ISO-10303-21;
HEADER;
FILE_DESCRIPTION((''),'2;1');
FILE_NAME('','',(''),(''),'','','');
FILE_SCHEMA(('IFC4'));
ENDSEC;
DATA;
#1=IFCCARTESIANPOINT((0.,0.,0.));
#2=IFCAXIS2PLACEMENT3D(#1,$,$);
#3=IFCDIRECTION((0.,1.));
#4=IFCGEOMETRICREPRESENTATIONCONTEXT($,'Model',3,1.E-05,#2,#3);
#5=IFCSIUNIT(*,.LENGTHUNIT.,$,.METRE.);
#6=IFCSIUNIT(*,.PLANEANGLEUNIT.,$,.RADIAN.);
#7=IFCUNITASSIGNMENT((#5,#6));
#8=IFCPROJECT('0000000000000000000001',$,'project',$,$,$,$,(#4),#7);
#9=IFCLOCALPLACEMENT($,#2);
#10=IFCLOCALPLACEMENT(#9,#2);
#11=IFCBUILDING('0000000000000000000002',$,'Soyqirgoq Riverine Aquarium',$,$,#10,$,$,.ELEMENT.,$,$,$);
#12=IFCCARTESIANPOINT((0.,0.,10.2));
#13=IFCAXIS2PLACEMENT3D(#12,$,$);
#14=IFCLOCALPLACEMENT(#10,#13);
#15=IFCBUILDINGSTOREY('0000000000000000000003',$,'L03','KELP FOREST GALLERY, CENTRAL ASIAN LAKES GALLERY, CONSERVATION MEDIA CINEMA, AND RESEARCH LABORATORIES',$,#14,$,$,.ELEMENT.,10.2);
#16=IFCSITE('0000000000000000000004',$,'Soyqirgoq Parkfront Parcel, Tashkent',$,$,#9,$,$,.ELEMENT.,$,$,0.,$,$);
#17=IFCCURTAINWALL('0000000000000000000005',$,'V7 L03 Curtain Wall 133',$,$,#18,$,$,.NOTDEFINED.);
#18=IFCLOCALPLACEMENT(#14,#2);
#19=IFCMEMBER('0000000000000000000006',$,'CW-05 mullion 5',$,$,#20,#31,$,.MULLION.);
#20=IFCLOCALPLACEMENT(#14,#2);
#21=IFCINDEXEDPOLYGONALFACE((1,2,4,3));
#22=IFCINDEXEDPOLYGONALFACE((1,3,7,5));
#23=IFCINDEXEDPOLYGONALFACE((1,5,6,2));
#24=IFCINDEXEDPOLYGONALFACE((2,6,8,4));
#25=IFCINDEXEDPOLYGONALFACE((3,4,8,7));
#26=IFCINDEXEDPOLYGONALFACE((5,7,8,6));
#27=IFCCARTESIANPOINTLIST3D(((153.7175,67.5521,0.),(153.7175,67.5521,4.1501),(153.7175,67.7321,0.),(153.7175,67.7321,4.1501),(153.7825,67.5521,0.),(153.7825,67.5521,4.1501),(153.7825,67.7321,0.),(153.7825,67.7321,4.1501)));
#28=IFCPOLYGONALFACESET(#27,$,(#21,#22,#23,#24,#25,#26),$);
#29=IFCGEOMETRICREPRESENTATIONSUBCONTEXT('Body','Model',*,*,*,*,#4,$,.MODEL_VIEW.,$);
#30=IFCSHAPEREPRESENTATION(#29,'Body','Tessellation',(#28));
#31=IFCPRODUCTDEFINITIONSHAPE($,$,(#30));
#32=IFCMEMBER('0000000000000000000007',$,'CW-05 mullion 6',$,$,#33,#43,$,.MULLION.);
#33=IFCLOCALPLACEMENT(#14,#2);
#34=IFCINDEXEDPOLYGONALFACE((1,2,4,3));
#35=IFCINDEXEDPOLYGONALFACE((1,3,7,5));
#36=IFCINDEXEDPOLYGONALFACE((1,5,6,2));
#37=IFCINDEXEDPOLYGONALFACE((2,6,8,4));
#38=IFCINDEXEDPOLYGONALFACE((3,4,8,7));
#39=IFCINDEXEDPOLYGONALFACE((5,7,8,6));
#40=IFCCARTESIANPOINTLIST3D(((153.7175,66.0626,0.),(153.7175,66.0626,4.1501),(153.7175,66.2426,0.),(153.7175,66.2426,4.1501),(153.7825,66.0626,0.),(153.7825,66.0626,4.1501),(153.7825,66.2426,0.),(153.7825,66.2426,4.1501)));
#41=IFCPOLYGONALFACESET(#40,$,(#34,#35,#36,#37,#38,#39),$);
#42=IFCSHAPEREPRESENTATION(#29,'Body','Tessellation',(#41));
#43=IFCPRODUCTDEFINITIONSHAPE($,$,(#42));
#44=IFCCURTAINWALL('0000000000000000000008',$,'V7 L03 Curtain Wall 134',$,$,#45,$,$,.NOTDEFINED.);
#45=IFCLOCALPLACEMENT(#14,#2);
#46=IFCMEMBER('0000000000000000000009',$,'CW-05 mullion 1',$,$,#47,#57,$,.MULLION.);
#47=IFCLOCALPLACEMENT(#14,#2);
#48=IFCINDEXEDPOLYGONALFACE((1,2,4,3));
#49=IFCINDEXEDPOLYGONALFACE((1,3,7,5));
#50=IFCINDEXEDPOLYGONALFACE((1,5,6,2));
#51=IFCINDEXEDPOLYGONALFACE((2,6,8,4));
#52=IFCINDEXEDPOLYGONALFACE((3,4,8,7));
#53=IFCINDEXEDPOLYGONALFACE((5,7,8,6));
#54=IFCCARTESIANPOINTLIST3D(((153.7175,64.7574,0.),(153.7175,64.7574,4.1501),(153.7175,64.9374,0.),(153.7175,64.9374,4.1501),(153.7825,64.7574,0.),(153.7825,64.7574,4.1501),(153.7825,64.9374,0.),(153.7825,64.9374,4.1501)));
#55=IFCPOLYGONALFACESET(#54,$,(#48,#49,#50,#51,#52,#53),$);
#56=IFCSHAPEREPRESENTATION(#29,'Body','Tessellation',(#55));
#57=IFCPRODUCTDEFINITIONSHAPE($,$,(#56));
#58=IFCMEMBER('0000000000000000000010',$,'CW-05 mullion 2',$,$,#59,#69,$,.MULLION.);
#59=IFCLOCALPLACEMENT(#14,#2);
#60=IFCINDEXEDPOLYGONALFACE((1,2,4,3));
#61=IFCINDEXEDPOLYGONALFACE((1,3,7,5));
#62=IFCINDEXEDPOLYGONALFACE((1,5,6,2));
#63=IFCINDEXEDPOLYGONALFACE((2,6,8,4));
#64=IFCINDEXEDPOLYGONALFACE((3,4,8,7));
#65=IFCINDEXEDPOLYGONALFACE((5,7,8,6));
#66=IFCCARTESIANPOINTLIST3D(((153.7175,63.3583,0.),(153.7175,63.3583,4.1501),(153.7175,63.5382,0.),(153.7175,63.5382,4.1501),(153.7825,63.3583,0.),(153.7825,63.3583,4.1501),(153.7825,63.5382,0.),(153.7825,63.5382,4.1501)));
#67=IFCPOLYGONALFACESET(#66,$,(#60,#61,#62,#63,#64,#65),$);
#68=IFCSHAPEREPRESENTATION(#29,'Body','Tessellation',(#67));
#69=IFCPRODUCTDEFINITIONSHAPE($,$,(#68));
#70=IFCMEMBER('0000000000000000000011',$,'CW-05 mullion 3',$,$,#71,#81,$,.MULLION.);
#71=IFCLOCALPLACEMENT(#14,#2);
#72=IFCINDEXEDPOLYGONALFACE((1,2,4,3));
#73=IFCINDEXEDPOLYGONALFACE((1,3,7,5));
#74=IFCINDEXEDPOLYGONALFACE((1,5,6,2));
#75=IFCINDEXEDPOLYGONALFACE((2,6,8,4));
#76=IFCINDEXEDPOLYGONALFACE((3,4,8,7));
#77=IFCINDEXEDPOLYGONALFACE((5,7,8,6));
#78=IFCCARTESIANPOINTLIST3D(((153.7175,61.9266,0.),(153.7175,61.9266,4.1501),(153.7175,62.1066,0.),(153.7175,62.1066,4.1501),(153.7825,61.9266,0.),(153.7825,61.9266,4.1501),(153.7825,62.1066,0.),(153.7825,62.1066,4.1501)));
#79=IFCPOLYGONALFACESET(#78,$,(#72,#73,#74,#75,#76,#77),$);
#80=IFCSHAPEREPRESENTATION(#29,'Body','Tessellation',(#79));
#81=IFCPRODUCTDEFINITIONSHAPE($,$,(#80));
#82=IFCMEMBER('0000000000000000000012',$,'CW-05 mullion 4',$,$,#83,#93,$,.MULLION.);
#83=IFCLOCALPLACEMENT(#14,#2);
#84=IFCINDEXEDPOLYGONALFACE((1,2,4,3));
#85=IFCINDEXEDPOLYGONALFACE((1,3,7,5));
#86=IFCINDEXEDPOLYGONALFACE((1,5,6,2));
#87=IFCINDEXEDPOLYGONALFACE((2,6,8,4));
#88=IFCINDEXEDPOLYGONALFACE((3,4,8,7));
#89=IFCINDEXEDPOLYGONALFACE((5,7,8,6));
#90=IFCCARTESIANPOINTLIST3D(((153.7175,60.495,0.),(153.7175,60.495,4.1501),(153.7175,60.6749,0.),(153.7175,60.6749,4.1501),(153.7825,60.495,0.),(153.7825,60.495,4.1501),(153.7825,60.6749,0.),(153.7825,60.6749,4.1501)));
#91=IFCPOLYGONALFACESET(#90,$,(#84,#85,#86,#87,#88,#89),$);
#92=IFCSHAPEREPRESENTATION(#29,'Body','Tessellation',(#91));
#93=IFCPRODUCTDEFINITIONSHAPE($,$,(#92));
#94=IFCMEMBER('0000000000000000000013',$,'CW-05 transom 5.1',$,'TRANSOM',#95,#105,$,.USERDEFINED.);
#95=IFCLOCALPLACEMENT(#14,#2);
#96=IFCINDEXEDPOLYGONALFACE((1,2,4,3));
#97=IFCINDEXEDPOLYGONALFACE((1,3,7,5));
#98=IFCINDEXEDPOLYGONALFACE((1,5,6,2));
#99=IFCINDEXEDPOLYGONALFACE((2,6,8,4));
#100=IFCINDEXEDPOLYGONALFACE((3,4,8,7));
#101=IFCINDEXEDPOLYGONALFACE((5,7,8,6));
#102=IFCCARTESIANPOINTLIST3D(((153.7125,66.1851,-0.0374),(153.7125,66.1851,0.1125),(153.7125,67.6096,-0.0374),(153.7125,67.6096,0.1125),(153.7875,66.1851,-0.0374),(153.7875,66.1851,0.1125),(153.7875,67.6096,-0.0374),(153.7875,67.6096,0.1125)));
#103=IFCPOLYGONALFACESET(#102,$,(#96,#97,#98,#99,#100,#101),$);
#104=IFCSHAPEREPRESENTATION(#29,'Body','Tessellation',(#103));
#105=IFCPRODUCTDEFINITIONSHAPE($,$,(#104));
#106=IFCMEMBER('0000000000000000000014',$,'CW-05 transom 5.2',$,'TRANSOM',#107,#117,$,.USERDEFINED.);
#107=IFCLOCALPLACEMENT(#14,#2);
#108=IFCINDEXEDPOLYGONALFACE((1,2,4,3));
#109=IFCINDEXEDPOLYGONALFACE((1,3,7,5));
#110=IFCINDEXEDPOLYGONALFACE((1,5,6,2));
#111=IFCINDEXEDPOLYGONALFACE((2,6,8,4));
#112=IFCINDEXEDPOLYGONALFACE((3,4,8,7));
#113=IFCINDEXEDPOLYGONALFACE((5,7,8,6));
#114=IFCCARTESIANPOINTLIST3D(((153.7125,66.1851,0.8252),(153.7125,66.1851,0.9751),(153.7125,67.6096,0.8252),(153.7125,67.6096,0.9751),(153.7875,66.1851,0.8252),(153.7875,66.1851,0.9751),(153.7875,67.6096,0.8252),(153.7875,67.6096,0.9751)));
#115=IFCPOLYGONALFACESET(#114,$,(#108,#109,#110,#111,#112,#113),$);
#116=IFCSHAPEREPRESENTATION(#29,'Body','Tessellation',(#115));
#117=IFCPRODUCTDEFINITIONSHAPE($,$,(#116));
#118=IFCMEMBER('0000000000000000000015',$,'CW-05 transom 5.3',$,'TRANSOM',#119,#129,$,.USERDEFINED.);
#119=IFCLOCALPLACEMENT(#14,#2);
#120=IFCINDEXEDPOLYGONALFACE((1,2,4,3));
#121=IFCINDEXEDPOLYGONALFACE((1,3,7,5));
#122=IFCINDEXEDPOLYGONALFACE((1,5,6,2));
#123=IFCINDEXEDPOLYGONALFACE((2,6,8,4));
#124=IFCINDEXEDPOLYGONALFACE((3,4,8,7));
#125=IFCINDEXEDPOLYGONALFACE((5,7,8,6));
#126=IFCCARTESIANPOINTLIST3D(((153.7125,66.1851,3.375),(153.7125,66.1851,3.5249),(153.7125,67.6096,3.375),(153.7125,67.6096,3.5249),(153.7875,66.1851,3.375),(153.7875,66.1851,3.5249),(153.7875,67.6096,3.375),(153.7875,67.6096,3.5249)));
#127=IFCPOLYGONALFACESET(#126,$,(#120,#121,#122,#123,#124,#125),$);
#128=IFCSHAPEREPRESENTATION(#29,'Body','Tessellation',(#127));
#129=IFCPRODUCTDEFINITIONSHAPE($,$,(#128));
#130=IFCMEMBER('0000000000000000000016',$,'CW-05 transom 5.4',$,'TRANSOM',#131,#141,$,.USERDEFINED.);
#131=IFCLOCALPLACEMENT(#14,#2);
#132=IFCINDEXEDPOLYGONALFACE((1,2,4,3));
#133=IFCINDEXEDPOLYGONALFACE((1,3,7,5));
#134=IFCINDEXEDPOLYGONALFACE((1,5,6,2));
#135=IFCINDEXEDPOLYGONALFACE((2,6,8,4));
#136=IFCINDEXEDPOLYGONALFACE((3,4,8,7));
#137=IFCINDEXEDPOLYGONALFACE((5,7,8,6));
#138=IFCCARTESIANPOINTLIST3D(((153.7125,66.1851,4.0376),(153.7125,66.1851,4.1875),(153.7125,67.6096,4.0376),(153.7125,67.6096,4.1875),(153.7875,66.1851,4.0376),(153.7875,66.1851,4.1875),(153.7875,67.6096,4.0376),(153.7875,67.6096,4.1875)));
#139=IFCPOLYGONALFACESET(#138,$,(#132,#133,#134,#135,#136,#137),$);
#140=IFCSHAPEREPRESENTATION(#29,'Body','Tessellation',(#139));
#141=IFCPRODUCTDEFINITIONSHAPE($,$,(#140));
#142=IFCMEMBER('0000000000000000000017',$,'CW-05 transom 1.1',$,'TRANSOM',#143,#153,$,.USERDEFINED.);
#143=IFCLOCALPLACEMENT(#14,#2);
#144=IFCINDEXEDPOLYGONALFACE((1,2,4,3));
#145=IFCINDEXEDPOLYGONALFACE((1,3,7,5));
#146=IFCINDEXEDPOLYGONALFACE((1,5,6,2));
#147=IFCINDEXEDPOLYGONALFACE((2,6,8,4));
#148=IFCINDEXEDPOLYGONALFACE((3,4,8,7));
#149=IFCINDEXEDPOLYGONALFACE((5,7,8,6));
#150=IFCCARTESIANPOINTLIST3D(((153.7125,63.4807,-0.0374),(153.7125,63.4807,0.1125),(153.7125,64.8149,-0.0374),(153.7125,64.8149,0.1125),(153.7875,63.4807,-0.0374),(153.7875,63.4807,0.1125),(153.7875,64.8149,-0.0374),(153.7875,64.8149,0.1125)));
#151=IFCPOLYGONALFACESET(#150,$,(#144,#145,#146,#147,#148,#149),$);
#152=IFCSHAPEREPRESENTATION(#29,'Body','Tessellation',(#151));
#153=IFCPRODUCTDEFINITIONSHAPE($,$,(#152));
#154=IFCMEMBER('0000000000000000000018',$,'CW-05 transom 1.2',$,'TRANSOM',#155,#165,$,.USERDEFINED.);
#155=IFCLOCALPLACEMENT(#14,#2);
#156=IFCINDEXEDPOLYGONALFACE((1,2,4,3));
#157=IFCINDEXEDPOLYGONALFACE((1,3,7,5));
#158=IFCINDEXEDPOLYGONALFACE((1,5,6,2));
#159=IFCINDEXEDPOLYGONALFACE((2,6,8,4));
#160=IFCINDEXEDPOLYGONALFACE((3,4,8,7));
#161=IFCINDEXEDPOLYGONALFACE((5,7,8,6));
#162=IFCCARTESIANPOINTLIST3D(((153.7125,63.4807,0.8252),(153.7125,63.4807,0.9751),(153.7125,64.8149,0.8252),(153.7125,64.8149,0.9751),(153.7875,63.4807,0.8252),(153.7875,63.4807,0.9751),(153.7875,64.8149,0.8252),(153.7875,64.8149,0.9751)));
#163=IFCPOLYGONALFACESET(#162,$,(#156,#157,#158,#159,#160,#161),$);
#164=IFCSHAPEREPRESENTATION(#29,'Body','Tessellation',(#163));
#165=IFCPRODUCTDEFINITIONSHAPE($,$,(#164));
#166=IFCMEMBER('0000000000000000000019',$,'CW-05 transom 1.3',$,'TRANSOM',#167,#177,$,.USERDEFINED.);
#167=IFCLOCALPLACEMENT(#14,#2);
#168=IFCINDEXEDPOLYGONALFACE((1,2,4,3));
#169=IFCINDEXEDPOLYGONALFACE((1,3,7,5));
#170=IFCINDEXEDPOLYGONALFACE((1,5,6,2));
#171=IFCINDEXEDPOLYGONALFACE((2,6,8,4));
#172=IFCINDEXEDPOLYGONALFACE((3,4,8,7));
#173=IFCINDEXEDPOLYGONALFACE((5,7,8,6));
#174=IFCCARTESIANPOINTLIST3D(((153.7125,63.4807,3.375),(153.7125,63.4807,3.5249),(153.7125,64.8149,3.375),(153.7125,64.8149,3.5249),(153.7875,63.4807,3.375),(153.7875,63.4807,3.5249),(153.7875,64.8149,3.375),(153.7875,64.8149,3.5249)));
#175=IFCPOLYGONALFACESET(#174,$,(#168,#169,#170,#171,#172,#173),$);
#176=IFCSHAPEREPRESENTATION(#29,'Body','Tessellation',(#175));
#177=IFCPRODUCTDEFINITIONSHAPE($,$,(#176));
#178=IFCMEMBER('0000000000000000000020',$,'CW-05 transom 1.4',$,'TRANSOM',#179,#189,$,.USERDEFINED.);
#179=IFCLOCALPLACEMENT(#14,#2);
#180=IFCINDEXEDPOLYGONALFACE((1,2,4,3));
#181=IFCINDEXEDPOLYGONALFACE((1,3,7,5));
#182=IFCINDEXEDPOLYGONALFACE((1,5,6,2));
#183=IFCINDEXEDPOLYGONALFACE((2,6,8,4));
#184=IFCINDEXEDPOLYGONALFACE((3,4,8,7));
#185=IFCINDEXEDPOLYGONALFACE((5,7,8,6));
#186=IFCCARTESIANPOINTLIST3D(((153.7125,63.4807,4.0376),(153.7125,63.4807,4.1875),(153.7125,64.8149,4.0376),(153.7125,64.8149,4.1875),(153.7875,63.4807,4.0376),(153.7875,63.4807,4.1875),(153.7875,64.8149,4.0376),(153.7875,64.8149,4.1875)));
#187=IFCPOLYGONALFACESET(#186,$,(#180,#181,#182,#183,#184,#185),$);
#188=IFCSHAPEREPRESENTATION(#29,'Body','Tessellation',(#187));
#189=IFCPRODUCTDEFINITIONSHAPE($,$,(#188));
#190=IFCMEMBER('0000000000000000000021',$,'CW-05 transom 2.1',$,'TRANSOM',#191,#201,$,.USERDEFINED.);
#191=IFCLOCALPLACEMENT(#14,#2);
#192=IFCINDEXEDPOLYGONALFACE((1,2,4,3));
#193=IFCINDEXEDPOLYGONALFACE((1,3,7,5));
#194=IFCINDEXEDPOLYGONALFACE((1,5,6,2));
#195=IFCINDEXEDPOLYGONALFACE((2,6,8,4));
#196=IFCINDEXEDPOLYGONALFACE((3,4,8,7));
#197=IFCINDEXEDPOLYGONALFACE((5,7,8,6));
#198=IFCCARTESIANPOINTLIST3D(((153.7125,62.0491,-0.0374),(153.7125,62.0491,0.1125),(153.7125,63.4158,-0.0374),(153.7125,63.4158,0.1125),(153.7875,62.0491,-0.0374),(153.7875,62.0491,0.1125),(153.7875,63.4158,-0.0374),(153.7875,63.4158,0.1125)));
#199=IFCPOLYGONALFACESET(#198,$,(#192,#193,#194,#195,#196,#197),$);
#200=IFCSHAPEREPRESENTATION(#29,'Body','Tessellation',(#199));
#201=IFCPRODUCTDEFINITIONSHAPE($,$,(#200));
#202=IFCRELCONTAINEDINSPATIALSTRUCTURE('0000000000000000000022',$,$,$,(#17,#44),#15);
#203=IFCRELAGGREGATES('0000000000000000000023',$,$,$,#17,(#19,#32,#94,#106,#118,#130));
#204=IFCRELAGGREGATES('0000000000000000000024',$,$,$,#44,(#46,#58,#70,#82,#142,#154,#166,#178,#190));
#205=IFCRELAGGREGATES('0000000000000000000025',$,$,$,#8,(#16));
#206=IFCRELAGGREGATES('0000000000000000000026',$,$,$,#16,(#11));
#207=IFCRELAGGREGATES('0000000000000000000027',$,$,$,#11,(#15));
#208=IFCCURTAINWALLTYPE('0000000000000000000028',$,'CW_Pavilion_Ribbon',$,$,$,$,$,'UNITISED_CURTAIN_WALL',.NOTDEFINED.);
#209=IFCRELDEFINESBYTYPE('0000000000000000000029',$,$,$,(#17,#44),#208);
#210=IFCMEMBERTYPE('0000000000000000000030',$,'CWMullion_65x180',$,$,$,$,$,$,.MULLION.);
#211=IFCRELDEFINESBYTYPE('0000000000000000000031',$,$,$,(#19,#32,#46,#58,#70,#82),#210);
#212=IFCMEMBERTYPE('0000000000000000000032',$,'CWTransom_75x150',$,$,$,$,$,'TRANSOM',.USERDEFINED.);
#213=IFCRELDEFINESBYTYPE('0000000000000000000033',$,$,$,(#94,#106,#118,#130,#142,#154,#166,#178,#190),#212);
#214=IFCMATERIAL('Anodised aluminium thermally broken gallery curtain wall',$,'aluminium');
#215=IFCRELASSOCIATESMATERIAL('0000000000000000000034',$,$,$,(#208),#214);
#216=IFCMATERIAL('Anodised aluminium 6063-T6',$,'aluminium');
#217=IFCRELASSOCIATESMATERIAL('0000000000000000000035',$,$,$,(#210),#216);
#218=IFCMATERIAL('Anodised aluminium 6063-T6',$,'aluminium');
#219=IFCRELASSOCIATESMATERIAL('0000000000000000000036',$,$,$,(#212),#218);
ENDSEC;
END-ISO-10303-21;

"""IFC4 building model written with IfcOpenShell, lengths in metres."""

from ifc_helpers import new_model, si_unit, direction, frame, origin, origin_2d, place, context, subcontext, project, spatial, rectangle, extrude, material, material_profile, profile_set, type_object, element, aggregate, save


model = new_model("IFC4")

# Units and contexts
model_context = context("Model", 3, precision=1e-05, world=origin(), true_north=direction((0.0, 1.0)))
body_context = subcontext(model_context, "Body", "Model", "MODEL_VIEW")
ifc_project = project(units=[si_unit("LENGTHUNIT", "METRE"), si_unit("PLANEANGLEUNIT", "RADIAN")], contexts=[model_context])

# Site, building, storey
site_placement = place(None, origin())
site = spatial("IfcSite", under=ifc_project, at=site_placement, Name="Soyqirgoq Parkfront Parcel, Tashkent", CompositionType="ELEMENT", RefElevation=0.0)
building_placement = place(site_placement, origin())
building = spatial("IfcBuilding", under=site, at=building_placement, Name="Soyqirgoq Riverine Aquarium", CompositionType="ELEMENT")
storey_placement = place(building_placement, frame((0.0, 0.0, 10.2)))
storey = spatial("IfcBuildingStorey", under=building, at=storey_placement, Name="L03", Description="KELP FOREST GALLERY, CENTRAL ASIAN LAKES GALLERY, CONSERVATION MEDIA CINEMA, AND RESEARCH LABORATORIES", CompositionType="ELEMENT", Elevation=10.2)

# Curtain walls, members
ifc_material_1 = material(Name="Anodised aluminium thermally broken gallery curtain wall", Category="aluminium")
curtain_wall_type = type_object("IfcCurtainWallType", Name="CW_Pavilion_Ribbon", ElementType="UNITISED_CURTAIN_WALL", PredefinedType="NOTDEFINED", material=ifc_material_1)
curtain_wall_1_placement = place(storey_placement, origin())
curtain_wall_1 = element("IfcCurtainWall", 1, at=curtain_wall_1_placement, inside=storey, type_object=curtain_wall_type, Name="V7 L03 Curtain Wall 133", PredefinedType="NOTDEFINED")
ifc_material_2 = material(Name="Anodised aluminium 6063-T6", Category="aluminium")
ifc_material_profile_1 = material_profile(ifc_material_2, rectangle(XDim=0.0649, YDim=0.1799, at=origin_2d()), Name="ALU-M 65x180")
ifc_profile_set_1 = profile_set([ifc_material_profile_1], Name="Anodised aluminium 6063-T6")
member_type_1 = type_object("IfcMemberType", Name="CWMullion_65x180", PredefinedType="MULLION", material=ifc_profile_set_1)
member_1_placement = place(storey_placement, frame((153.75, 67.6421, 0.0), z_axis=(0.0, 0.0, 1.0), x_axis=(1.0, 0.0, 0.0)))
member_1 = element("IfcMember", 2, at=member_1_placement, type_object=member_type_1, Name="CW-05 mullion 5", PredefinedType="MULLION", context=body_context, shape_type="SweptSolid", body=[
    extrude(rectangle(XDim=0.0649, YDim=0.1799, at=origin_2d()), origin(), (0.0, 0.0, 1.0), 4.1501),
])
member_2_placement = place(storey_placement, frame((153.75, 66.1526, 0.0), z_axis=(0.0, 0.0, 1.0), x_axis=(1.0, 0.0, 0.0)))
member_2 = element("IfcMember", 3, at=member_2_placement, type_object=member_type_1, Name="CW-05 mullion 6", PredefinedType="MULLION", context=body_context, shape_type="SweptSolid", body=[
    extrude(rectangle(XDim=0.0649, YDim=0.1799, at=origin_2d()), origin(), (0.0, 0.0, 1.0), 4.1501),
])
curtain_wall_2_placement = place(storey_placement, origin())
curtain_wall_2 = element("IfcCurtainWall", 4, at=curtain_wall_2_placement, inside=storey, type_object=curtain_wall_type, Name="V7 L03 Curtain Wall 134", PredefinedType="NOTDEFINED")
member_3_placement = place(storey_placement, frame((153.75, 64.8474, 0.0), z_axis=(0.0, 0.0, 1.0), x_axis=(1.0, 0.0, 0.0)))
member_3 = element("IfcMember", 5, at=member_3_placement, type_object=member_type_1, Name="CW-05 mullion 1", PredefinedType="MULLION", context=body_context, shape_type="SweptSolid", body=[
    extrude(rectangle(XDim=0.0649, YDim=0.1799, at=origin_2d()), origin(), (0.0, 0.0, 1.0), 4.1501),
])
member_4_placement = place(storey_placement, frame((153.75, 63.4482, 0.0), z_axis=(0.0, 0.0, 1.0), x_axis=(1.0, 0.0, 0.0)))
member_4 = element("IfcMember", 6, at=member_4_placement, type_object=member_type_1, Name="CW-05 mullion 2", PredefinedType="MULLION", context=body_context, shape_type="SweptSolid", body=[
    extrude(rectangle(XDim=0.0649, YDim=0.1799, at=origin_2d()), origin(), (0.0, 0.0, 1.0), 4.1501),
])
member_5_placement = place(storey_placement, frame((153.75, 62.0166, 0.0), z_axis=(0.0, 0.0, 1.0), x_axis=(1.0, 0.0, 0.0)))
member_5 = element("IfcMember", 7, at=member_5_placement, type_object=member_type_1, Name="CW-05 mullion 3", PredefinedType="MULLION", context=body_context, shape_type="SweptSolid", body=[
    extrude(rectangle(XDim=0.0649, YDim=0.1799, at=origin_2d()), origin(), (0.0, 0.0, 1.0), 4.1501),
])
member_6_placement = place(storey_placement, frame((153.75, 60.585, 0.0), z_axis=(0.0, 0.0, 1.0), x_axis=(1.0, 0.0, 0.0)))
member_6 = element("IfcMember", 8, at=member_6_placement, type_object=member_type_1, Name="CW-05 mullion 4", PredefinedType="MULLION", context=body_context, shape_type="SweptSolid", body=[
    extrude(rectangle(XDim=0.0649, YDim=0.1799, at=origin_2d()), origin(), (0.0, 0.0, 1.0), 4.1501),
])

# Members
ifc_material_3 = material(Name="Anodised aluminium 6063-T6", Category="aluminium")
ifc_material_profile_2 = material_profile(ifc_material_3, rectangle(XDim=0.075, YDim=0.1499, at=origin_2d()), Name="ALU-T 75x150")
ifc_profile_set_2 = profile_set([ifc_material_profile_2], Name="Anodised aluminium 6063-T6")
member_type_2 = type_object("IfcMemberType", Name="CWTransom_75x150", ElementType="TRANSOM", PredefinedType="USERDEFINED", material=ifc_profile_set_2)
member_7_placement = place(storey_placement, frame((153.75, 67.6096, 0.0376), z_axis=(0.0, -1.0, 0.0), x_axis=(1.0, 0.0, 0.0)))
member_7 = element("IfcMember", 9, at=member_7_placement, type_object=member_type_2, Name="CW-05 transom 5.1", ObjectType="TRANSOM", PredefinedType="USERDEFINED", context=body_context, shape_type="SweptSolid", body=[
    extrude(rectangle(XDim=0.075, YDim=0.1499, at=origin_2d()), origin(), (0.0, 0.0, 1.0), 1.4246),
])
member_8_placement = place(storey_placement, frame((153.75, 67.6096, 0.9001), z_axis=(0.0, -1.0, 0.0), x_axis=(1.0, 0.0, 0.0)))
member_8 = element("IfcMember", 10, at=member_8_placement, type_object=member_type_2, Name="CW-05 transom 5.2", ObjectType="TRANSOM", PredefinedType="USERDEFINED", context=body_context, shape_type="SweptSolid", body=[
    extrude(rectangle(XDim=0.075, YDim=0.1499, at=origin_2d()), origin(), (0.0, 0.0, 1.0), 1.4246),
])
member_9_placement = place(storey_placement, frame((153.75, 67.6096, 3.45), z_axis=(0.0, -1.0, 0.0), x_axis=(1.0, 0.0, 0.0)))
member_9 = element("IfcMember", 11, at=member_9_placement, type_object=member_type_2, Name="CW-05 transom 5.3", ObjectType="TRANSOM", PredefinedType="USERDEFINED", context=body_context, shape_type="SweptSolid", body=[
    extrude(rectangle(XDim=0.075, YDim=0.1499, at=origin_2d()), origin(), (0.0, 0.0, 1.0), 1.4246),
])
member_10_placement = place(storey_placement, frame((153.75, 67.6096, 4.1125), z_axis=(0.0, -1.0, 0.0), x_axis=(1.0, 0.0, 0.0)))
member_10 = element("IfcMember", 12, at=member_10_placement, type_object=member_type_2, Name="CW-05 transom 5.4", ObjectType="TRANSOM", PredefinedType="USERDEFINED", context=body_context, shape_type="SweptSolid", body=[
    extrude(rectangle(XDim=0.075, YDim=0.1499, at=origin_2d()), origin(), (0.0, 0.0, 1.0), 1.4246),
])
member_11_placement = place(storey_placement, frame((153.75, 64.8149, 0.0376), z_axis=(0.0, -1.0, 0.0), x_axis=(1.0, 0.0, 0.0)))
member_11 = element("IfcMember", 13, at=member_11_placement, type_object=member_type_2, Name="CW-05 transom 1.1", ObjectType="TRANSOM", PredefinedType="USERDEFINED", context=body_context, shape_type="SweptSolid", body=[
    extrude(rectangle(XDim=0.075, YDim=0.1499, at=origin_2d()), origin(), (0.0, 0.0, 1.0), 1.3342),
])
member_12_placement = place(storey_placement, frame((153.75, 64.8149, 0.9001), z_axis=(0.0, -1.0, 0.0), x_axis=(1.0, 0.0, 0.0)))
member_12 = element("IfcMember", 14, at=member_12_placement, type_object=member_type_2, Name="CW-05 transom 1.2", ObjectType="TRANSOM", PredefinedType="USERDEFINED", context=body_context, shape_type="SweptSolid", body=[
    extrude(rectangle(XDim=0.075, YDim=0.1499, at=origin_2d()), origin(), (0.0, 0.0, 1.0), 1.3342),
])
member_13_placement = place(storey_placement, frame((153.75, 64.8149, 3.45), z_axis=(0.0, -1.0, 0.0), x_axis=(1.0, 0.0, 0.0)))
member_13 = element("IfcMember", 15, at=member_13_placement, type_object=member_type_2, Name="CW-05 transom 1.3", ObjectType="TRANSOM", PredefinedType="USERDEFINED", context=body_context, shape_type="SweptSolid", body=[
    extrude(rectangle(XDim=0.075, YDim=0.1499, at=origin_2d()), origin(), (0.0, 0.0, 1.0), 1.3342),
])
member_14_placement = place(storey_placement, frame((153.75, 64.8149, 4.1125), z_axis=(0.0, -1.0, 0.0), x_axis=(1.0, 0.0, 0.0)))
member_14 = element("IfcMember", 16, at=member_14_placement, type_object=member_type_2, Name="CW-05 transom 1.4", ObjectType="TRANSOM", PredefinedType="USERDEFINED", context=body_context, shape_type="SweptSolid", body=[
    extrude(rectangle(XDim=0.075, YDim=0.1499, at=origin_2d()), origin(), (0.0, 0.0, 1.0), 1.3342),
])
member_15_placement = place(storey_placement, frame((153.75, 63.4158, 0.0376), z_axis=(0.0, -1.0, 0.0), x_axis=(1.0, 0.0, 0.0)))
member_15 = element("IfcMember", 17, at=member_15_placement, type_object=member_type_2, Name="CW-05 transom 2.1", ObjectType="TRANSOM", PredefinedType="USERDEFINED", context=body_context, shape_type="SweptSolid", body=[
    extrude(rectangle(XDim=0.075, YDim=0.1499, at=origin_2d()), origin(), (0.0, 0.0, 1.0), 1.3667),
])

aggregate(curtain_wall_1, [member_1, member_2, member_7, member_8, member_9, member_10])
aggregate(curtain_wall_2, [member_3, member_4, member_5, member_6, member_11, member_12, member_13, member_14, member_15])

save(model, "model.ifc")
